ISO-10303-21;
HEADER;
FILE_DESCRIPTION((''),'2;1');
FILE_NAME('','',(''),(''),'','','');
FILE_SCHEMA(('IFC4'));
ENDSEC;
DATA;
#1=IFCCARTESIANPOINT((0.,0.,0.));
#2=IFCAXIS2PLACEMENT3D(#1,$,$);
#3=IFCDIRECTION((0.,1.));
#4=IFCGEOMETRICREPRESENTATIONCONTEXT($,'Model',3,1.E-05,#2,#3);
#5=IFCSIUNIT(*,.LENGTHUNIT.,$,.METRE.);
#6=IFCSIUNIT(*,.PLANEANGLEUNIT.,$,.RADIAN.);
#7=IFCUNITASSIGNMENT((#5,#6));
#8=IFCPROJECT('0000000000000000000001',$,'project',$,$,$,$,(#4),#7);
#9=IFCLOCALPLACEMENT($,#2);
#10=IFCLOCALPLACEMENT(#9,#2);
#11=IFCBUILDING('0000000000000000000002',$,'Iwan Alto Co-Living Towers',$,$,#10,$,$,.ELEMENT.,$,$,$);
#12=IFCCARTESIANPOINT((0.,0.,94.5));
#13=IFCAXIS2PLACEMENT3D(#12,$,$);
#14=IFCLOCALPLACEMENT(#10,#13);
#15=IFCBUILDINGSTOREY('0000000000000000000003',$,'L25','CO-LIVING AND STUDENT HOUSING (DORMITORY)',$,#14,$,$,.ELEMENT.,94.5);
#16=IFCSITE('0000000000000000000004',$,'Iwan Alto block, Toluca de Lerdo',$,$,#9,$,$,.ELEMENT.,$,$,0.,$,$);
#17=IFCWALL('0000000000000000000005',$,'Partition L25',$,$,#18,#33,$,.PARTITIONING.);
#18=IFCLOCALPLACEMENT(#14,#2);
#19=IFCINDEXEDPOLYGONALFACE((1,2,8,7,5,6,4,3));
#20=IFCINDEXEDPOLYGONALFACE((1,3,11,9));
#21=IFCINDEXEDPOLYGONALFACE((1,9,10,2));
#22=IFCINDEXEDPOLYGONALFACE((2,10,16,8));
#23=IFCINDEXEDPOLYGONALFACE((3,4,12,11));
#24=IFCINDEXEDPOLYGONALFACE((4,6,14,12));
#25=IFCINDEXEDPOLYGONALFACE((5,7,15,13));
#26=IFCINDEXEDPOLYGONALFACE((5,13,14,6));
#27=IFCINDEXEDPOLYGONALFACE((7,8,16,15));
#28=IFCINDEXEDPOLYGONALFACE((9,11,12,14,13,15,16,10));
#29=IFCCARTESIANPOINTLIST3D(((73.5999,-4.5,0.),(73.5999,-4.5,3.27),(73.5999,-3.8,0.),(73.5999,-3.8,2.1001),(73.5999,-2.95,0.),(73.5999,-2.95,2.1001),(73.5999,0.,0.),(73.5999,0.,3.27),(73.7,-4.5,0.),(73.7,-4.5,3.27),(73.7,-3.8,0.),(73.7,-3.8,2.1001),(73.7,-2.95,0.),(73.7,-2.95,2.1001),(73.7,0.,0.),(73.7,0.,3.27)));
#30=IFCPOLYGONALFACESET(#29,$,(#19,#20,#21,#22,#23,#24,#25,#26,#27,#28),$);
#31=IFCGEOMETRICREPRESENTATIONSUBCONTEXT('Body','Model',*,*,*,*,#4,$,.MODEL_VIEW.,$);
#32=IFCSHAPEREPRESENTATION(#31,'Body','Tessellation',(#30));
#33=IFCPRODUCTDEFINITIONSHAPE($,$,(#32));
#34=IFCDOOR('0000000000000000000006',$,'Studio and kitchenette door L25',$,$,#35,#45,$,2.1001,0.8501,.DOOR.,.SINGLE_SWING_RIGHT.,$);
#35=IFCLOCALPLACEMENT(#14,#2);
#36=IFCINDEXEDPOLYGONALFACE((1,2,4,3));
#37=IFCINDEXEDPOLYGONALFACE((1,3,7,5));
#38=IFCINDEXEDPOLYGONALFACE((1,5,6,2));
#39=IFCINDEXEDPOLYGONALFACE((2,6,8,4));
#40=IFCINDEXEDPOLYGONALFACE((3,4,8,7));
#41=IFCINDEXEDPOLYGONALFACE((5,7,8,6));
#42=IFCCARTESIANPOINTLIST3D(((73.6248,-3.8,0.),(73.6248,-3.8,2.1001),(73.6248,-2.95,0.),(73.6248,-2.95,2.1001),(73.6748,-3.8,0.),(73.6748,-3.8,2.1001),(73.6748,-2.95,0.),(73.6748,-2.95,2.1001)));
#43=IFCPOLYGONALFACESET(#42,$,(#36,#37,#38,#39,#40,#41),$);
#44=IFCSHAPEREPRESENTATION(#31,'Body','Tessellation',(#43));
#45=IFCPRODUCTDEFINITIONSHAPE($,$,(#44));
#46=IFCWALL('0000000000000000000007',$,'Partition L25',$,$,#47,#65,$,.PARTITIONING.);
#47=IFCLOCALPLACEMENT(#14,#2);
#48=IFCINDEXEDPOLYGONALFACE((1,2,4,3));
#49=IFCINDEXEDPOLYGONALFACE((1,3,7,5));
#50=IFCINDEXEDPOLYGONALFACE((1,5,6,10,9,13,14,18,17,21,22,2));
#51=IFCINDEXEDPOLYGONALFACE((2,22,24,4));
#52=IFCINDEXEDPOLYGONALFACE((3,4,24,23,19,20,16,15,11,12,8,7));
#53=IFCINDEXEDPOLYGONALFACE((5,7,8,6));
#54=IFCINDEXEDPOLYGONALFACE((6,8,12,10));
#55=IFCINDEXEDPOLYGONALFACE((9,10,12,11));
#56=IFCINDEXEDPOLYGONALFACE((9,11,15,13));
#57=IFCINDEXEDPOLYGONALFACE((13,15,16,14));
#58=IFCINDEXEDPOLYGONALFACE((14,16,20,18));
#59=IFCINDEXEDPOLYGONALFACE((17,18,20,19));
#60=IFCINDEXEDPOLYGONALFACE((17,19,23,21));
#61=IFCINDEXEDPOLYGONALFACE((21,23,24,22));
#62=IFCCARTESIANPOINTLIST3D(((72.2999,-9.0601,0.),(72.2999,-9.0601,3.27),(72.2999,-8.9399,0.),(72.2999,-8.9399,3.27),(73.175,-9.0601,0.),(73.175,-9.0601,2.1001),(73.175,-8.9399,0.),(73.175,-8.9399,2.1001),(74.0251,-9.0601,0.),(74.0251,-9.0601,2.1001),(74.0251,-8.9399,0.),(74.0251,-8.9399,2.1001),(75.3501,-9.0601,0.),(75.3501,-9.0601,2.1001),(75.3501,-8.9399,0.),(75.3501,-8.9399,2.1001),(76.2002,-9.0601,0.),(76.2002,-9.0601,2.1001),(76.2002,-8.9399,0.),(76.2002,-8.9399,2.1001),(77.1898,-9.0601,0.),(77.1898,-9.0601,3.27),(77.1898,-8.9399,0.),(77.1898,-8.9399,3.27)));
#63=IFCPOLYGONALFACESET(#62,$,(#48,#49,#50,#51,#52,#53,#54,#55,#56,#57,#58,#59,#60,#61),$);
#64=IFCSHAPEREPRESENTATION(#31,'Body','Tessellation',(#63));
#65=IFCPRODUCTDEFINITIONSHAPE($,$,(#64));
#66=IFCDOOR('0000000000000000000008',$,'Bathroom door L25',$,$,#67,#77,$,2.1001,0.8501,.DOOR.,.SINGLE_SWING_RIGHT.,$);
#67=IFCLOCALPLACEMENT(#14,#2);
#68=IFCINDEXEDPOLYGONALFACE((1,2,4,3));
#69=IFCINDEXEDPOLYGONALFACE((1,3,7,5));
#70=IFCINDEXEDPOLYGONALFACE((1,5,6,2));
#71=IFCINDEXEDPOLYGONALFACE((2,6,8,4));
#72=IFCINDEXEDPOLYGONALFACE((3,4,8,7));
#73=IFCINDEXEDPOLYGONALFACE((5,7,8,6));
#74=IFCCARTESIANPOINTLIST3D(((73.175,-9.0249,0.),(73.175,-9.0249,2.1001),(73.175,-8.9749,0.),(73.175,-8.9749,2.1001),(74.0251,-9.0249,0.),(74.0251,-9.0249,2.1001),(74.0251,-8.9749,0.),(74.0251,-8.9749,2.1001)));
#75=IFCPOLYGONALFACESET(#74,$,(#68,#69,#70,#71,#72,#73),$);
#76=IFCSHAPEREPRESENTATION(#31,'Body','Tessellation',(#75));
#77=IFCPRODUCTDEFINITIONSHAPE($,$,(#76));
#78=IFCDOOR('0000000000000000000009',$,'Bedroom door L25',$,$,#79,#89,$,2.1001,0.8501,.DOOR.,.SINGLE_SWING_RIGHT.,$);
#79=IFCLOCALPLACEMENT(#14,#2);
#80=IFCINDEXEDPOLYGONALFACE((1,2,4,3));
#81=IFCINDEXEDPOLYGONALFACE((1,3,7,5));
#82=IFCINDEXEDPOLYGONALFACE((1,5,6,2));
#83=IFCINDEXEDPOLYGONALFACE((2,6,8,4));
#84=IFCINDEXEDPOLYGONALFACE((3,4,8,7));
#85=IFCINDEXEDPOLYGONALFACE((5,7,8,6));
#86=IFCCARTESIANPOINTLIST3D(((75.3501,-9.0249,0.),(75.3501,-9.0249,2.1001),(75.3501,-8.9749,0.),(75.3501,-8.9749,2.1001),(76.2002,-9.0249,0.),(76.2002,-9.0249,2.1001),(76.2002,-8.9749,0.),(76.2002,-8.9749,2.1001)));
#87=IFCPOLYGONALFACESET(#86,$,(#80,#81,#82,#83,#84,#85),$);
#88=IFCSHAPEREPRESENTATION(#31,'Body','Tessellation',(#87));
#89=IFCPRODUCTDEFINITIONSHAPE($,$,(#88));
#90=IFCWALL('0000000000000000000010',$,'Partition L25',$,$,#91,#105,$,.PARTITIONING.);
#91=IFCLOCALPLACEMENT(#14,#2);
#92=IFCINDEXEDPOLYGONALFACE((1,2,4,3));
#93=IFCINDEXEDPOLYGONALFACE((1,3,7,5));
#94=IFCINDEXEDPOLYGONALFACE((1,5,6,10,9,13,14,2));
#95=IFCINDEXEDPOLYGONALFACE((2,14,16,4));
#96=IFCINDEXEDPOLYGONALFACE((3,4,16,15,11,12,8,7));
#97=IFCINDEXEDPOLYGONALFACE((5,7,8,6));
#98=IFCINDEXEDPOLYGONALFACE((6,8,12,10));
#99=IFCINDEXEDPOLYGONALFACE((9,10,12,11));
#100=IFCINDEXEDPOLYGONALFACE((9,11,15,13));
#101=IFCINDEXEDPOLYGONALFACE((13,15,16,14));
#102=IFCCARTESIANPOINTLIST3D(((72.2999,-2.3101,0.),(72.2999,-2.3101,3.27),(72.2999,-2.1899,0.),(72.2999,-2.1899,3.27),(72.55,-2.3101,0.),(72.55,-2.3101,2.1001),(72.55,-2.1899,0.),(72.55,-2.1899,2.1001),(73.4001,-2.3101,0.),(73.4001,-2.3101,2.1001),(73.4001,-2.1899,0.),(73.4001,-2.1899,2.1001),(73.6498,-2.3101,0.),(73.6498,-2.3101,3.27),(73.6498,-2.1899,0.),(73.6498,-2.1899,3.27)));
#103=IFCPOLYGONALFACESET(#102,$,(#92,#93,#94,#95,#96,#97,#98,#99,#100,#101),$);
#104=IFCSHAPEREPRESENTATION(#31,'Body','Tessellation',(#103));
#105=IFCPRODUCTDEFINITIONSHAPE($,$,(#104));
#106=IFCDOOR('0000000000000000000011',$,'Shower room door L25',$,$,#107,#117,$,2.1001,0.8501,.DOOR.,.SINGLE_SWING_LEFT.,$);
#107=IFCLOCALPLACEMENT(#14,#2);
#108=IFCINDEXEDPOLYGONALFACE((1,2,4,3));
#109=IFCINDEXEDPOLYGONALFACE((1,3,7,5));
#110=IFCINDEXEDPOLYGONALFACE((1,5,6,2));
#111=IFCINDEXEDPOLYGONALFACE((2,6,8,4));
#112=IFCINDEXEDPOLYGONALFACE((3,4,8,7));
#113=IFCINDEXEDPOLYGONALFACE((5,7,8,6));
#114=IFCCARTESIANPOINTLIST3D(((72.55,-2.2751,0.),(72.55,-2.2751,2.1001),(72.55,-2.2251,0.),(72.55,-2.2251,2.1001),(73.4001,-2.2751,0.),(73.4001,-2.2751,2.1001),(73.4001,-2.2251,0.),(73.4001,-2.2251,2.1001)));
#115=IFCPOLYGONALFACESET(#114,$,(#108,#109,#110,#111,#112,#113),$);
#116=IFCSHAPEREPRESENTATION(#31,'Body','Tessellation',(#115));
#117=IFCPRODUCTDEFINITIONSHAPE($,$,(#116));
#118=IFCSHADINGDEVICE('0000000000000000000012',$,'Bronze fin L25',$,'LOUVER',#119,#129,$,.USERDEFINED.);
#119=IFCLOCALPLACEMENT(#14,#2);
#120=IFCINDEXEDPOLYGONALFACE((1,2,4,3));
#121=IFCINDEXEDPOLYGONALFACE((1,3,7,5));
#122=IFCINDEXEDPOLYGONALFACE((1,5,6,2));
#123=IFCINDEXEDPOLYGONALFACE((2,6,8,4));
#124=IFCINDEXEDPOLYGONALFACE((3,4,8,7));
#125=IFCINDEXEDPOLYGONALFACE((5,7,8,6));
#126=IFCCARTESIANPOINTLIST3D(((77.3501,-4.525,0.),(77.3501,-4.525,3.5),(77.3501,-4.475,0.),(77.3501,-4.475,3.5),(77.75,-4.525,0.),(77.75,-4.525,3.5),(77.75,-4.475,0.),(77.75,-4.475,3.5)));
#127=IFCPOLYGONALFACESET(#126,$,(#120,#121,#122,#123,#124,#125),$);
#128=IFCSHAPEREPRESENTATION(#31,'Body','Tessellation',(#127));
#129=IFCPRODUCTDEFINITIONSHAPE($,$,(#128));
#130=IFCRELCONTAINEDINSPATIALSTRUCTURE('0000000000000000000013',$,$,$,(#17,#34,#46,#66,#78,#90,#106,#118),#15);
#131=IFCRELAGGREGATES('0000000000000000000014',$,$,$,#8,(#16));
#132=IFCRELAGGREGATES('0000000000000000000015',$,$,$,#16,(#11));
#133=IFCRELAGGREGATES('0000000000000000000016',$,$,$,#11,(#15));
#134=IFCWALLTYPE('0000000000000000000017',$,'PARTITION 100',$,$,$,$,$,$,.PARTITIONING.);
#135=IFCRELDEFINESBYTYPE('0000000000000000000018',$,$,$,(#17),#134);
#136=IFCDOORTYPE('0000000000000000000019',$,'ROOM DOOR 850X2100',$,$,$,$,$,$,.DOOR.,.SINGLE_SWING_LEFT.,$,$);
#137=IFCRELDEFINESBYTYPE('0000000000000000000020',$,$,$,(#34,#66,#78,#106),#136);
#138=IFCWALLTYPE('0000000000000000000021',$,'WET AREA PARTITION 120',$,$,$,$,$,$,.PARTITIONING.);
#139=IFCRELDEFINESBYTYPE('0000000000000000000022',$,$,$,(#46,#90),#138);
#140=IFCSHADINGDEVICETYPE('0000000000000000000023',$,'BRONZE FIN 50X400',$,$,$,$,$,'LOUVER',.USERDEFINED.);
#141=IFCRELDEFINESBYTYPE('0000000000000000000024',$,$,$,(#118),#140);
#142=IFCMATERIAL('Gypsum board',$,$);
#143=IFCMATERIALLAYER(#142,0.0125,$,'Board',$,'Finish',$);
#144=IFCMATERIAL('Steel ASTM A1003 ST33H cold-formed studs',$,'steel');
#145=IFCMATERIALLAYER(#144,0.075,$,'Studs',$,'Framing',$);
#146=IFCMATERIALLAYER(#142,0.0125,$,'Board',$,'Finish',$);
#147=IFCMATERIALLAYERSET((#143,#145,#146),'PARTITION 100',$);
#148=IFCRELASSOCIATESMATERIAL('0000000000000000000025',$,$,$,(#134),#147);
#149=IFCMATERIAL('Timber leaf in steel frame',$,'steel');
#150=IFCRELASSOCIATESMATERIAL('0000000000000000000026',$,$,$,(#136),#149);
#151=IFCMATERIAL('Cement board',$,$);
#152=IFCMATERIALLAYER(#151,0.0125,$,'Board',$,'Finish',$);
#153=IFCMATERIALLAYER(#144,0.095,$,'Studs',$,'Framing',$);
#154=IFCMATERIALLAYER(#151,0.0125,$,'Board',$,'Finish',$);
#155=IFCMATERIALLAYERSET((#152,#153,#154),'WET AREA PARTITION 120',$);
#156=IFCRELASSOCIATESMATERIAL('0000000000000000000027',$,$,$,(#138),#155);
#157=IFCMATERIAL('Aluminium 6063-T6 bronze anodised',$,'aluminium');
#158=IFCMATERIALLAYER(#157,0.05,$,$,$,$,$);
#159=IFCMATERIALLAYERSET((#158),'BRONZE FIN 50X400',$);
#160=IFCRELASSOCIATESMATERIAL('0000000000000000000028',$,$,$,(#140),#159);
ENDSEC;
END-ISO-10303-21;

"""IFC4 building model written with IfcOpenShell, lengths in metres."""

from ifc_helpers import new_model, si_unit, direction, frame, frame_2d, origin, origin_2d, place, context, subcontext, project, spatial, rectangle, extrude, material, layer, layer_set, type_object, element, fill, save


model = new_model("IFC4")

# Units and contexts
model_context = context("Model", 3, precision=1e-05, world=origin(), true_north=direction((0.0, 1.0)))
body_context = subcontext(model_context, "Body", "Model", "MODEL_VIEW")
ifc_project = project(units=[si_unit("LENGTHUNIT", "METRE"), si_unit("PLANEANGLEUNIT", "RADIAN")], contexts=[model_context])

# Site, building, storey
site_placement = place(None, origin())
site = spatial("IfcSite", under=ifc_project, at=site_placement, Name="Iwan Alto block, Toluca de Lerdo", CompositionType="ELEMENT", RefElevation=0.0)
building_placement = place(site_placement, origin())
building = spatial("IfcBuilding", under=site, at=building_placement, Name="Iwan Alto Co-Living Towers", CompositionType="ELEMENT")
storey_placement = place(building_placement, frame((0.0, 0.0, 94.5)))
storey = spatial("IfcBuildingStorey", under=building, at=storey_placement, Name="L25", Description="CO-LIVING AND STUDENT HOUSING (DORMITORY)", CompositionType="ELEMENT", Elevation=94.5)

# Shared definitions
ifc_material_1 = material(Name="Gypsum board")
ifc_material_2 = material(Name="Steel ASTM A1003 ST33H cold-formed studs", Category="steel")

# Shared definitions
ifc_layer_1 = layer(ifc_material_1, 0.0125, Name="Board", Category="Finish")
ifc_layer_2 = layer(ifc_material_2, 0.075, Name="Studs", Category="Framing")
ifc_layer_3 = layer(ifc_material_1, 0.0125, Name="Board", Category="Finish")
ifc_layer_set_1 = layer_set([ifc_layer_1, ifc_layer_2, ifc_layer_3], Name="PARTITION 100")
wall_type_1 = type_object("IfcWallType", Name="PARTITION 100", PredefinedType="PARTITIONING", material=ifc_layer_set_1)

# Wall, opening, door
wall_1_placement = place(storey_placement, frame((73.6499, -4.5, 0.0), z_axis=(0.0, 0.0, 1.0), x_axis=(0.0, 1.0, 0.0)))
wall_1 = element("IfcWall", 1, at=wall_1_placement, inside=storey, type_object=wall_type_1, Name="Partition L25", PredefinedType="PARTITIONING", context=body_context, shape_type="SweptSolid", body=[
    extrude(rectangle(XDim=4.5, YDim=0.1001, at=frame_2d((2.25, 0.0))), origin(), (0.0, 0.0, 1.0), 3.27),
])
opening_1_placement = place(wall_1_placement, frame((0.7, 0.0, 0.0)))
opening_1 = element("IfcOpeningElement", 2, at=opening_1_placement, cuts=wall_1, PredefinedType="OPENING", context=body_context, shape_type="SweptSolid", body=[
    extrude(rectangle(XDim=0.8501, YDim=2.1001, at=frame_2d((0.425, 1.05))), frame((0.0, 0.0601, 0.0), z_axis=(0.0, -1.0, 0.0), x_axis=(1.0, 0.0, 0.0)), (0.0, 0.0, 1.0), 0.1201),
])
ifc_material_3 = material(Name="Timber leaf in steel frame", Category="steel")
door_type_1 = type_object("IfcDoorType", Name="ROOM DOOR 850X2100", OperationType="SINGLE_SWING_LEFT", PredefinedType="DOOR", material=ifc_material_3)
door_1_placement = place(opening_1_placement, frame((0.8501, 0.0, 0.0), z_axis=(0.0, 0.0, 1.0), x_axis=(-1.0, 0.0, 0.0)))
door_1 = element("IfcDoor", 3, at=door_1_placement, inside=storey, type_object=door_type_1, Name="Studio and kitchenette door L25", OperationType="SINGLE_SWING_RIGHT", OverallHeight=2.1001, OverallWidth=0.8501, PredefinedType="DOOR", context=body_context, shape_type="SweptSolid", body=[
    extrude(rectangle(XDim=0.8501, YDim=2.1001, at=frame_2d((0.425, 1.05))), frame((0.0, 0.0249, 0.0), z_axis=(0.0, -1.0, 0.0), x_axis=(1.0, 0.0, 0.0)), (0.0, 0.0, 1.0), 0.05),
])
fill(opening_1, door_1)

# Wall, openings, doors
ifc_material_4 = material(Name="Cement board")
ifc_layer_4 = layer(ifc_material_4, 0.0125, Name="Board", Category="Finish")
ifc_layer_5 = layer(ifc_material_2, 0.095, Name="Studs", Category="Framing")
ifc_layer_6 = layer(ifc_material_4, 0.0125, Name="Board", Category="Finish")
ifc_layer_set_2 = layer_set([ifc_layer_4, ifc_layer_5, ifc_layer_6], Name="WET AREA PARTITION 120")
wall_type_2 = type_object("IfcWallType", Name="WET AREA PARTITION 120", PredefinedType="PARTITIONING", material=ifc_layer_set_2)
wall_2_placement = place(storey_placement, frame((72.3, -9.0, 0.0), z_axis=(0.0, 0.0, 1.0), x_axis=(1.0, 0.0, 0.0)))
wall_2 = element("IfcWall", 4, at=wall_2_placement, inside=storey, type_object=wall_type_2, Name="Partition L25", PredefinedType="PARTITIONING", context=body_context, shape_type="SweptSolid", body=[
    extrude(rectangle(XDim=4.8899, YDim=0.1201, at=frame_2d((2.4448, 0.0))), origin(), (0.0, 0.0, 1.0), 3.27),
])
opening_2_placement = place(wall_2_placement, frame((0.875, 0.0, 0.0)))
opening_2 = element("IfcOpeningElement", 5, at=opening_2_placement, cuts=wall_2, PredefinedType="OPENING", context=body_context, shape_type="SweptSolid", body=[
    extrude(rectangle(XDim=0.8501, YDim=2.1001, at=frame_2d((0.425, 1.05))), frame((0.0, 0.0701, 0.0), z_axis=(0.0, -1.0, 0.0), x_axis=(1.0, 0.0, 0.0)), (0.0, 0.0, 1.0), 0.1401),
])
opening_3_placement = place(wall_2_placement, frame((3.05, 0.0, 0.0)))
opening_3 = element("IfcOpeningElement", 6, at=opening_3_placement, cuts=wall_2, PredefinedType="OPENING", context=body_context, shape_type="SweptSolid", body=[
    extrude(rectangle(XDim=0.8501, YDim=2.1001, at=frame_2d((0.425, 1.05))), frame((0.0, 0.0701, 0.0), z_axis=(0.0, -1.0, 0.0), x_axis=(1.0, 0.0, 0.0)), (0.0, 0.0, 1.0), 0.1401),
])
door_2_placement = place(opening_2_placement, frame((0.8501, 0.0, 0.0), z_axis=(0.0, 0.0, 1.0), x_axis=(-1.0, 0.0, 0.0)))
door_2 = element("IfcDoor", 7, at=door_2_placement, inside=storey, type_object=door_type_1, Name="Bathroom door L25", OperationType="SINGLE_SWING_RIGHT", OverallHeight=2.1001, OverallWidth=0.8501, PredefinedType="DOOR", context=body_context, shape_type="SweptSolid", body=[
    extrude(rectangle(XDim=0.8501, YDim=2.1001, at=frame_2d((0.425, 1.05))), frame((0.0, 0.0249, 0.0), z_axis=(0.0, -1.0, 0.0), x_axis=(1.0, 0.0, 0.0)), (0.0, 0.0, 1.0), 0.05),
])
fill(opening_2, door_2)
door_3_placement = place(opening_3_placement, frame((0.8501, 0.0, 0.0), z_axis=(0.0, 0.0, 1.0), x_axis=(-1.0, 0.0, 0.0)))
door_3 = element("IfcDoor", 8, at=door_3_placement, inside=storey, type_object=door_type_1, Name="Bedroom door L25", OperationType="SINGLE_SWING_RIGHT", OverallHeight=2.1001, OverallWidth=0.8501, PredefinedType="DOOR", context=body_context, shape_type="SweptSolid", body=[
    extrude(rectangle(XDim=0.8501, YDim=2.1001, at=frame_2d((0.425, 1.05))), frame((0.0, 0.0249, 0.0), z_axis=(0.0, -1.0, 0.0), x_axis=(1.0, 0.0, 0.0)), (0.0, 0.0, 1.0), 0.05),
])
fill(opening_3, door_3)

# Wall, opening, door
wall_3_placement = place(storey_placement, frame((72.3, -2.25, 0.0), z_axis=(0.0, 0.0, 1.0), x_axis=(1.0, 0.0, 0.0)))
wall_3 = element("IfcWall", 9, at=wall_3_placement, inside=storey, type_object=wall_type_2, Name="Partition L25", PredefinedType="PARTITIONING", context=body_context, shape_type="SweptSolid", body=[
    extrude(rectangle(XDim=1.3499, YDim=0.1201, at=frame_2d((0.6748, 0.0))), origin(), (0.0, 0.0, 1.0), 3.27),
])
opening_4_placement = place(wall_3_placement, frame((0.25, 0.0, 0.0)))
opening_4 = element("IfcOpeningElement", 10, at=opening_4_placement, cuts=wall_3, PredefinedType="OPENING", context=body_context, shape_type="SweptSolid", body=[
    extrude(rectangle(XDim=0.8501, YDim=2.1001, at=frame_2d((0.425, 1.05))), frame((0.0, 0.0701, 0.0), z_axis=(0.0, -1.0, 0.0), x_axis=(1.0, 0.0, 0.0)), (0.0, 0.0, 1.0), 0.1401),
])
door_4_placement = place(opening_4_placement, origin())
door_4 = element("IfcDoor", 11, at=door_4_placement, inside=storey, type_object=door_type_1, Name="Shower room door L25", OperationType="SINGLE_SWING_LEFT", OverallHeight=2.1001, OverallWidth=0.8501, PredefinedType="DOOR", context=body_context, shape_type="SweptSolid", body=[
    extrude(rectangle(XDim=0.8501, YDim=2.1001, at=frame_2d((0.425, 1.05))), frame((0.0, 0.0249, 0.0), z_axis=(0.0, -1.0, 0.0), x_axis=(1.0, 0.0, 0.0)), (0.0, 0.0, 1.0), 0.05),
])
fill(opening_4, door_4)

# Shading device
ifc_material_5 = material(Name="Aluminium 6063-T6 bronze anodised", Category="aluminium")
ifc_layer_7 = layer(ifc_material_5, 0.05)
ifc_layer_set_3 = layer_set([ifc_layer_7], Name="BRONZE FIN 50X400")
shading_device_type = type_object("IfcShadingDeviceType", Name="BRONZE FIN 50X400", ElementType="LOUVER", PredefinedType="USERDEFINED", material=ifc_layer_set_3)
shading_device_placement = place(storey_placement, frame((77.55, -4.5, 0.0), z_axis=(0.0, 0.0, 1.0), x_axis=(0.0, 1.0, 0.0)))
element("IfcShadingDevice", 12, at=shading_device_placement, inside=storey, type_object=shading_device_type, Name="Bronze fin L25", ObjectType="LOUVER", PredefinedType="USERDEFINED", context=body_context, shape_type="SweptSolid", body=[
    extrude(rectangle(XDim=0.05, YDim=0.3999, at=origin_2d()), origin(), (0.0, 0.0, 1.0), 3.5),
])

save(model, "model.ifc")
